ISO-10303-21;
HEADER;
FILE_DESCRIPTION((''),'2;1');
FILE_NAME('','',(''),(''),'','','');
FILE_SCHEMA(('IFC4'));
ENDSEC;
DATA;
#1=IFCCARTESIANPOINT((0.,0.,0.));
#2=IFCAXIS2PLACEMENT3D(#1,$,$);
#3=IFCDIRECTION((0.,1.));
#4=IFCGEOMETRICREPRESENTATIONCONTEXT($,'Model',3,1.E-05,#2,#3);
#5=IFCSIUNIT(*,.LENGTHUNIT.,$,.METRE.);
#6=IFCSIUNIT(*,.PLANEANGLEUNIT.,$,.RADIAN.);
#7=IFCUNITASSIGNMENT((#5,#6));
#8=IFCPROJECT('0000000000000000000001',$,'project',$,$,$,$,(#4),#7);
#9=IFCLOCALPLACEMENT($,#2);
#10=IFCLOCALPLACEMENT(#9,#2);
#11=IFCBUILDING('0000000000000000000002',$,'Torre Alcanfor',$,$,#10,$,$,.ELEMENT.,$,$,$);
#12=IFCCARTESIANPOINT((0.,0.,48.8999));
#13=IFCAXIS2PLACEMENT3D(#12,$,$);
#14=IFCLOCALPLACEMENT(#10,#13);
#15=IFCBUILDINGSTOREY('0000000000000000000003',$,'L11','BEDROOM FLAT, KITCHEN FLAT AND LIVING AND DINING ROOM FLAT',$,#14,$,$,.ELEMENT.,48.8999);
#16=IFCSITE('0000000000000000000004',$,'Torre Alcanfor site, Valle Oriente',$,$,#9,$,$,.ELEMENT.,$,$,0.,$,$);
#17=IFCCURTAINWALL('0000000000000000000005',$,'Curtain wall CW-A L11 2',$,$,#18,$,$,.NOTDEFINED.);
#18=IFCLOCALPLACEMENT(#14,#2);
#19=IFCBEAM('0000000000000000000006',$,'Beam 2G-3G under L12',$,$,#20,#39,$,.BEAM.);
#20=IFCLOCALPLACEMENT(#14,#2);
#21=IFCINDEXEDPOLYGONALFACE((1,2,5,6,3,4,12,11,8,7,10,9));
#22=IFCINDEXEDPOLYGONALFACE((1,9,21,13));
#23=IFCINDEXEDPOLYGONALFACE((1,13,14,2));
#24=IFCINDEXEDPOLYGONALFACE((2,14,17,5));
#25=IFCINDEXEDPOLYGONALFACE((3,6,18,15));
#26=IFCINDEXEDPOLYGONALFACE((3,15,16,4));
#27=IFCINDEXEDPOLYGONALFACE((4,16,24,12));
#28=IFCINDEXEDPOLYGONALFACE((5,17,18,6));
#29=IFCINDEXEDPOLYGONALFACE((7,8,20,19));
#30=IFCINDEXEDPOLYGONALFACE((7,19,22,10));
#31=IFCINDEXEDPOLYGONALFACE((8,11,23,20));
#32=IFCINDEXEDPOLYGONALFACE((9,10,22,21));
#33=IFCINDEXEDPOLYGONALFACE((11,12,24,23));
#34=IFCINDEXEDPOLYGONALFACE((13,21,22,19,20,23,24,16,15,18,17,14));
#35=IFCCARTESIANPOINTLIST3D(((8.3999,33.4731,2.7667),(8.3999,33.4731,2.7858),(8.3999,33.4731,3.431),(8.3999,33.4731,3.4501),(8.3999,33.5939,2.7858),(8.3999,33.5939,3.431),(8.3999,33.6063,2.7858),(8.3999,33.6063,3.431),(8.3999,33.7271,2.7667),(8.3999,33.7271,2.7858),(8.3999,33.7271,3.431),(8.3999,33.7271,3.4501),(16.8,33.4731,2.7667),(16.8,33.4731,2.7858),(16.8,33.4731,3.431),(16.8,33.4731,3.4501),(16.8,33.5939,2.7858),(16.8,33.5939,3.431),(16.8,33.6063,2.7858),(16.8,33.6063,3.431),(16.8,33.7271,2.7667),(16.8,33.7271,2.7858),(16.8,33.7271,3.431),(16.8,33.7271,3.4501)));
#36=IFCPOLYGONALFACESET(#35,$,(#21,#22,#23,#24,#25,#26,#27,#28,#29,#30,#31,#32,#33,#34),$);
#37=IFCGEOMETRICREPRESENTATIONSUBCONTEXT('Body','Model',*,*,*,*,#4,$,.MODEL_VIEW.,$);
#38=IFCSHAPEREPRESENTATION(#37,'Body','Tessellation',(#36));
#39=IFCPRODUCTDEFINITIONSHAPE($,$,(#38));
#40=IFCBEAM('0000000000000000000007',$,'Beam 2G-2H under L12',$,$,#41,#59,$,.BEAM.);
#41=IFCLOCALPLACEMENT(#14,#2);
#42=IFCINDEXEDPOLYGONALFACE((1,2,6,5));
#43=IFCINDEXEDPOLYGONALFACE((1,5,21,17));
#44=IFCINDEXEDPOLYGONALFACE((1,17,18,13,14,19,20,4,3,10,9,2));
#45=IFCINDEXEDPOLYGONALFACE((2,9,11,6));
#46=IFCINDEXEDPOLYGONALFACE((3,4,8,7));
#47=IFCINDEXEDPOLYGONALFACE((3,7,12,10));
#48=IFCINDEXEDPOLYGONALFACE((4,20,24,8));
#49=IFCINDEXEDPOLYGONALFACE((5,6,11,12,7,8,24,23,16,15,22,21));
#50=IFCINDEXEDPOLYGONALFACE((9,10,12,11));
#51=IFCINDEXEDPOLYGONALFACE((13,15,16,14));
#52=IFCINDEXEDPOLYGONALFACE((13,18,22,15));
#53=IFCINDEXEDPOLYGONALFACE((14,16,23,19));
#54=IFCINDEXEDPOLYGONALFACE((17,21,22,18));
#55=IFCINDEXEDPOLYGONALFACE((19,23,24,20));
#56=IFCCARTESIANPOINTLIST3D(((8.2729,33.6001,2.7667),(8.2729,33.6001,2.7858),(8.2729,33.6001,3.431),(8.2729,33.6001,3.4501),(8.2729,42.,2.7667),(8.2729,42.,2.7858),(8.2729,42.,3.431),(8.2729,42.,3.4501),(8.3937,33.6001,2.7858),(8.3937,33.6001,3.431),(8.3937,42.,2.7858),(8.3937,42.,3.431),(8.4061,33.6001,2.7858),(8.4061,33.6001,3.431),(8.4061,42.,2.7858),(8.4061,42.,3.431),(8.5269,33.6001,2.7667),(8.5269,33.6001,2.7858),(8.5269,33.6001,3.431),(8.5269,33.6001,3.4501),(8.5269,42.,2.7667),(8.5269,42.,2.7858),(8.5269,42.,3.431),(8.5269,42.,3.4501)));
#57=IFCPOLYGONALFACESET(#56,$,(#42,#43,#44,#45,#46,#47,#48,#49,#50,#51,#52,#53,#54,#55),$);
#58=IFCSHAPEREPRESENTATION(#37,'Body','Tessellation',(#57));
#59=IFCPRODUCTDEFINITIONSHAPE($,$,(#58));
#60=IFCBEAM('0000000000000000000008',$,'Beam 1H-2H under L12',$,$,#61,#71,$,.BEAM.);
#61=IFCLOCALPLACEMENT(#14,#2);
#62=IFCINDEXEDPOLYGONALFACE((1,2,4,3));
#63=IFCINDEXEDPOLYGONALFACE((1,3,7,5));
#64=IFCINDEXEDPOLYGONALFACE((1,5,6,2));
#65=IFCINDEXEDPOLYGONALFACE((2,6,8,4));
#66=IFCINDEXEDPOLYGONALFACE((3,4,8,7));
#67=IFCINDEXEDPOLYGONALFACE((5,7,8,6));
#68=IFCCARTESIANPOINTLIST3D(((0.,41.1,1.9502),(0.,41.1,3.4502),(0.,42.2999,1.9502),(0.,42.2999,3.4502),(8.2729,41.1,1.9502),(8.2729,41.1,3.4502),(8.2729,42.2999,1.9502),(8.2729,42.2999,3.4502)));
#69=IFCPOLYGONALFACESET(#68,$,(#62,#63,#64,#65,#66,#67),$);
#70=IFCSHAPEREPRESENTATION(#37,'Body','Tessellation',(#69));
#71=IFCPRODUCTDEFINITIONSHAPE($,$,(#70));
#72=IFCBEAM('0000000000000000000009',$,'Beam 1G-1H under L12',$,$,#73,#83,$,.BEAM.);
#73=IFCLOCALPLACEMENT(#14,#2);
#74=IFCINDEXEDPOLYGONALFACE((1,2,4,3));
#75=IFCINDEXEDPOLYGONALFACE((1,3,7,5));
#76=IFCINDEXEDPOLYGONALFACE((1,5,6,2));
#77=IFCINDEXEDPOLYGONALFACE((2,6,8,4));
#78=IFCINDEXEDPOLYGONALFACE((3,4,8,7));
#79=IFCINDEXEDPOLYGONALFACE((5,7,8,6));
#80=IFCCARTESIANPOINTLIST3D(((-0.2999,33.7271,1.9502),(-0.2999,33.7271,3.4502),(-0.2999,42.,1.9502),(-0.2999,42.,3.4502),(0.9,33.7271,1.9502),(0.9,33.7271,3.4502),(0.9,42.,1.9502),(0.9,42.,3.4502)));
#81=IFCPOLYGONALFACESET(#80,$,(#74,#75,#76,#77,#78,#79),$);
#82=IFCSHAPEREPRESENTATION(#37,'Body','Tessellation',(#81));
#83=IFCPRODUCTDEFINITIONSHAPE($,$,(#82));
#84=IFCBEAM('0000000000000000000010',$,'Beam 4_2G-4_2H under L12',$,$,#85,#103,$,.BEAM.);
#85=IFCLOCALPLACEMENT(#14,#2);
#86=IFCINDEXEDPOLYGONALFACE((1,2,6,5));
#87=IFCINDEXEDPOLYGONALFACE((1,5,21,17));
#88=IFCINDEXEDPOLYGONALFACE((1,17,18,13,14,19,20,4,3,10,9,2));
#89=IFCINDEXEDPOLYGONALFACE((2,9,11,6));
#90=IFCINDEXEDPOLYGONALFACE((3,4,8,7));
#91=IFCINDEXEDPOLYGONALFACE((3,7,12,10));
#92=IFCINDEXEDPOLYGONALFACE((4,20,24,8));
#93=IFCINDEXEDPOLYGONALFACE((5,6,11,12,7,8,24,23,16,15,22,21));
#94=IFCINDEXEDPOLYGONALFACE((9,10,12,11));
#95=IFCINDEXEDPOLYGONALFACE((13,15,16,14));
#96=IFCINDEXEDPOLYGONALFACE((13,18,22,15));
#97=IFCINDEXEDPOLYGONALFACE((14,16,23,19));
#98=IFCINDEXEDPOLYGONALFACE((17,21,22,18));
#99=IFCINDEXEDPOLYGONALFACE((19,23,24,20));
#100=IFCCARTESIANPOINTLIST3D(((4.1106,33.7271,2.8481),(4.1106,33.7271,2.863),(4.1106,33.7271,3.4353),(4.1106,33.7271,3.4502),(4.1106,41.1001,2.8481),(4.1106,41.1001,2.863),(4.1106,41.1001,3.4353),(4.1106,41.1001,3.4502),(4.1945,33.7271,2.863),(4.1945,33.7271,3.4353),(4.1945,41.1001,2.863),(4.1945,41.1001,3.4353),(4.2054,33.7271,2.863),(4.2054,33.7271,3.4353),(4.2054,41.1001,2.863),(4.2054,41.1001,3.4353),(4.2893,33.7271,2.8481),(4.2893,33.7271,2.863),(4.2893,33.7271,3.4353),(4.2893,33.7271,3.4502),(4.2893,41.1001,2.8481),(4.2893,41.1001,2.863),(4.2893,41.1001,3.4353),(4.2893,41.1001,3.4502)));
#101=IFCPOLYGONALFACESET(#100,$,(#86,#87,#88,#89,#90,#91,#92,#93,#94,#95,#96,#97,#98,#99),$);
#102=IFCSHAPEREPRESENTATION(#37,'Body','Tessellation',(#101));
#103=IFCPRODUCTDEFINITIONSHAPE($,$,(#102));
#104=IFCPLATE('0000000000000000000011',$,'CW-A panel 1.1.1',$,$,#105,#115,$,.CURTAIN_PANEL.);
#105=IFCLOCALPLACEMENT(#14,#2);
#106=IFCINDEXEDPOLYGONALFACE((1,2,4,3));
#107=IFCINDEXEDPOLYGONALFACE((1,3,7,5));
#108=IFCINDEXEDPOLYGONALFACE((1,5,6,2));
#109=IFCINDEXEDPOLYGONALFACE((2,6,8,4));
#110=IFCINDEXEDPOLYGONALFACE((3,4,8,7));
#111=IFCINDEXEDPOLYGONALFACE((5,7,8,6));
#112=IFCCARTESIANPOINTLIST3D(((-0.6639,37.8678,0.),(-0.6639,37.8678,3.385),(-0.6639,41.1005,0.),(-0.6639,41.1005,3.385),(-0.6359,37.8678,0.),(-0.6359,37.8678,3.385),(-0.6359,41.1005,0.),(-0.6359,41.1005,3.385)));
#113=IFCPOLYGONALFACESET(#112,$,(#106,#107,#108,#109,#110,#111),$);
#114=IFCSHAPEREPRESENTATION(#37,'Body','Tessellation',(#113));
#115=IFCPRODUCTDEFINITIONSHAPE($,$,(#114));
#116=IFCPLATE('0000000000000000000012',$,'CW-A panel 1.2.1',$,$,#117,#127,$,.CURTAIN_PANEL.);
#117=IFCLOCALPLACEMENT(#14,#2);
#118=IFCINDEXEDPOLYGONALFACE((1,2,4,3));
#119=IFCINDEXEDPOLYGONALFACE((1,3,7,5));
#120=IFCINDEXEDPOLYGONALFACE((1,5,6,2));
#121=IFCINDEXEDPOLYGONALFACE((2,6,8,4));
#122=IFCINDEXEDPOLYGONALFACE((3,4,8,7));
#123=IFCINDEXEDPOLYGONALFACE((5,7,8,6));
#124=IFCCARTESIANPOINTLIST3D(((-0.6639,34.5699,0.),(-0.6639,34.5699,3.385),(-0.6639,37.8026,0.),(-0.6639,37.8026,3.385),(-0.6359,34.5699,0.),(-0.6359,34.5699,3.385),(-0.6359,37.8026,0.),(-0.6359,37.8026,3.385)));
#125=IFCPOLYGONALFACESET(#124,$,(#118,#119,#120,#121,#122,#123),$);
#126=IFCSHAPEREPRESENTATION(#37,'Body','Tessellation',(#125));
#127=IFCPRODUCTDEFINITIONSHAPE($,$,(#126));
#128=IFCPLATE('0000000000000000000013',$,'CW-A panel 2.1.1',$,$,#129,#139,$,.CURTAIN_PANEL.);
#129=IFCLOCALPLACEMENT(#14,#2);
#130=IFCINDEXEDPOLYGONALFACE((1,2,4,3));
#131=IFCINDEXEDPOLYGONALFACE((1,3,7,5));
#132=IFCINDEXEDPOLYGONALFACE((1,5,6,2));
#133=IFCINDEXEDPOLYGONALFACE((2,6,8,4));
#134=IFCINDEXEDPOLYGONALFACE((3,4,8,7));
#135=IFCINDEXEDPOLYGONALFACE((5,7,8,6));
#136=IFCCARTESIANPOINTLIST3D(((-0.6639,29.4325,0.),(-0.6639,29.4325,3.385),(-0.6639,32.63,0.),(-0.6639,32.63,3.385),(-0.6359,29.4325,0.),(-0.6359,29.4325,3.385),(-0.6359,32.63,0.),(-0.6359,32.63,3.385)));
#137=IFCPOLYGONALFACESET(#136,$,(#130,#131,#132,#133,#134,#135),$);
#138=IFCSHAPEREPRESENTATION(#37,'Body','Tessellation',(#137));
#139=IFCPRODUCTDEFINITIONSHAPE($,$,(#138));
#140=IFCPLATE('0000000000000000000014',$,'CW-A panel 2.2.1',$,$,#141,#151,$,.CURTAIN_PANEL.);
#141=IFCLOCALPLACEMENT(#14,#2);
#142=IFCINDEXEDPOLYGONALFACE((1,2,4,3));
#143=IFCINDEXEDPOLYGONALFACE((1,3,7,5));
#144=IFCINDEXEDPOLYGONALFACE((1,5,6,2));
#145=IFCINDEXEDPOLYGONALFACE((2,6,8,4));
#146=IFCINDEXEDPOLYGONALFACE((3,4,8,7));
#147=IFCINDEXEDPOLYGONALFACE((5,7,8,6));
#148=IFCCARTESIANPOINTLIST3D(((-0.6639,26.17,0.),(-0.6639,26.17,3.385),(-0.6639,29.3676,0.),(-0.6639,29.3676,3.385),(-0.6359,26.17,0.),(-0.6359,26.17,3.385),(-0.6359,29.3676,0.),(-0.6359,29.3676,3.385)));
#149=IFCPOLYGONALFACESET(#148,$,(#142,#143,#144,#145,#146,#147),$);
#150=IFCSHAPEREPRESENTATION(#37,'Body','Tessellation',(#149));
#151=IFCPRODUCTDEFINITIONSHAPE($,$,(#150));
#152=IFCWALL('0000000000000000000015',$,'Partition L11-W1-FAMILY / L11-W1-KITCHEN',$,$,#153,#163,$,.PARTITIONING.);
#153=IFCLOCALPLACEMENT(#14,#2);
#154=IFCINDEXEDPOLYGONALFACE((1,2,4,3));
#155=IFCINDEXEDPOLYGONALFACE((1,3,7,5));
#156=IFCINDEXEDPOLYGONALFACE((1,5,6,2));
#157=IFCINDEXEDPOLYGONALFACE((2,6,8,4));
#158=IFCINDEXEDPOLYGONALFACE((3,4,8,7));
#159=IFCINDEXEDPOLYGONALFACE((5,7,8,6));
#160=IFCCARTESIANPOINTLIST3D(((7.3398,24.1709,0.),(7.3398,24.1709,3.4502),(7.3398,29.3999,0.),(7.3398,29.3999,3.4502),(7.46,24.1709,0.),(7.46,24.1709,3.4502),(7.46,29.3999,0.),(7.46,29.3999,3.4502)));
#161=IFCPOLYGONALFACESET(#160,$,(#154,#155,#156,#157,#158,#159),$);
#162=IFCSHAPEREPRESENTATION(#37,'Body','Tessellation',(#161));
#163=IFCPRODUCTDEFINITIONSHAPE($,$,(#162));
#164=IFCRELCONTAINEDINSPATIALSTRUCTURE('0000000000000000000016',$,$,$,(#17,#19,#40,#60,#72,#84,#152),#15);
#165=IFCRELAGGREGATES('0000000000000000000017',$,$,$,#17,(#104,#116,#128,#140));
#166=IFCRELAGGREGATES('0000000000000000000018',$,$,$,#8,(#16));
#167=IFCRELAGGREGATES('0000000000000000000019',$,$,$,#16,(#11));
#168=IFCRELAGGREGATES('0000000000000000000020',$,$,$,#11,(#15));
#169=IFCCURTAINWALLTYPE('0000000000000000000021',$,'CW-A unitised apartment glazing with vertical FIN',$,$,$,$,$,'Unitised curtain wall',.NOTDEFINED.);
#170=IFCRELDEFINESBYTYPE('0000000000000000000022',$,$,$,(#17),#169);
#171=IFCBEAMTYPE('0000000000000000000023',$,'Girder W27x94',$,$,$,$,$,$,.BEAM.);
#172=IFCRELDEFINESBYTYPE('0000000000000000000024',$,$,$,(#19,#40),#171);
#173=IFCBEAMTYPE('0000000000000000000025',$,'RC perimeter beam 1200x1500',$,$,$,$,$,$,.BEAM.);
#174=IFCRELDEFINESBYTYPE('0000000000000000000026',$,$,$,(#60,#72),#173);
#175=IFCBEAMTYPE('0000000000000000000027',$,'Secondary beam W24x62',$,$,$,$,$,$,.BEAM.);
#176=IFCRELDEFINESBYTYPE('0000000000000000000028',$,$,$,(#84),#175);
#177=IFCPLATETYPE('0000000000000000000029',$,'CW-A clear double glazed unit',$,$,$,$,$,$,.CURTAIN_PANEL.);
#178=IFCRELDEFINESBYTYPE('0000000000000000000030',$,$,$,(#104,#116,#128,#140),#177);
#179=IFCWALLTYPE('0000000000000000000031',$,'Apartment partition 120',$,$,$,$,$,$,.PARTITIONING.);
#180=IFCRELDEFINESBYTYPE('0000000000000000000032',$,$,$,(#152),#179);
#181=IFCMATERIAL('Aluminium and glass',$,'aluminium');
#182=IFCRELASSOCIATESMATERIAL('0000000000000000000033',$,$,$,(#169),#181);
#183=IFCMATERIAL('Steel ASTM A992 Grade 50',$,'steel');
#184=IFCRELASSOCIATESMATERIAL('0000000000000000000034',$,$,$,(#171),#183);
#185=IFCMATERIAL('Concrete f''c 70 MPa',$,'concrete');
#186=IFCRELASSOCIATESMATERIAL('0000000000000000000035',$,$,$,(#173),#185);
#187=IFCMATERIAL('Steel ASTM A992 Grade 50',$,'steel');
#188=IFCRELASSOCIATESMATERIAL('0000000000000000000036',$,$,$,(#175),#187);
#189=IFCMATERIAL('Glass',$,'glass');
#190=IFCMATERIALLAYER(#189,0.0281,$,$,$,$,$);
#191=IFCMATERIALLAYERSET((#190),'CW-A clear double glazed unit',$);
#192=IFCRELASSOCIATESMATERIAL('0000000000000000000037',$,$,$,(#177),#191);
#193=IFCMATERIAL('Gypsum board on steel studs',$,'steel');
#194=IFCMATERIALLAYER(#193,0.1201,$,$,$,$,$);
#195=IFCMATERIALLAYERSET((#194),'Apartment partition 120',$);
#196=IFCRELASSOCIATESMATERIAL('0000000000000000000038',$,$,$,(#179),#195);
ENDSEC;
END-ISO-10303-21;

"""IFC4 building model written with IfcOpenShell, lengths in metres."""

from ifc_helpers import new_model, si_unit, direction, frame, frame_2d, origin, origin_2d, place, context, subcontext, project, spatial, rectangle, i_section, extrude, material, layer, layer_set, material_profile, profile_set, type_object, element, aggregate, save


model = new_model("IFC4")

# Units and contexts
model_context = context("Model", 3, precision=1e-05, world=origin(), true_north=direction((0.0, 1.0)))
body_context = subcontext(model_context, "Body", "Model", "MODEL_VIEW")
ifc_project = project(units=[si_unit("LENGTHUNIT", "METRE"), si_unit("PLANEANGLEUNIT", "RADIAN")], contexts=[model_context])

# Site, building, storey
site_placement = place(None, origin())
site = spatial("IfcSite", under=ifc_project, at=site_placement, Name="Torre Alcanfor site, Valle Oriente", CompositionType="ELEMENT", RefElevation=0.0)
building_placement = place(site_placement, origin())
building = spatial("IfcBuilding", under=site, at=building_placement, Name="Torre Alcanfor", CompositionType="ELEMENT")
storey_placement = place(building_placement, frame((0.0, 0.0, 48.8999)))
storey = spatial("IfcBuildingStorey", under=building, at=storey_placement, Name="L11", Description="BEDROOM FLAT, KITCHEN FLAT AND LIVING AND DINING ROOM FLAT", CompositionType="ELEMENT", Elevation=48.8999)

# Curtain wall
ifc_material_1 = material(Name="Aluminium and glass", Category="aluminium")
curtain_wall_type = type_object("IfcCurtainWallType", Name="CW-A unitised apartment glazing with vertical FIN", ElementType="Unitised curtain wall", PredefinedType="NOTDEFINED", material=ifc_material_1)
curtain_wall_placement = place(storey_placement, origin())
curtain_wall = element("IfcCurtainWall", 1, at=curtain_wall_placement, inside=storey, type_object=curtain_wall_type, Name="Curtain wall CW-A L11 2", PredefinedType="NOTDEFINED")

# Beams
ifc_material_2 = material(Name="Steel ASTM A992 Grade 50", Category="steel")
ifc_material_profile_1 = material_profile(ifc_material_2, i_section(OverallWidth=0.2539, OverallDepth=0.6833, WebThickness=0.0125, FlangeThickness=0.019, at=origin_2d()), Name="W27x94")
ifc_profile_set_1 = profile_set([ifc_material_profile_1], Name="Steel ASTM A992 Grade 50")
beam_type_1 = type_object("IfcBeamType", Name="Girder W27x94", PredefinedType="BEAM", material=ifc_profile_set_1)
beam_1_placement = place(storey_placement, frame((8.3999, 33.6001, 3.1084), z_axis=(1.0, 0.0, 0.0), x_axis=(0.0, 1.0, 0.0)))
element("IfcBeam", 2, at=beam_1_placement, inside=storey, type_object=beam_type_1, Name="Beam 2G-3G under L12", PredefinedType="BEAM", context=body_context, shape_type="SweptSolid", body=[
    extrude(i_section(OverallWidth=0.2539, OverallDepth=0.6833, WebThickness=0.0125, FlangeThickness=0.019, at=origin_2d()), origin(), (0.0, 0.0, 1.0), 8.4001),
])
beam_2_placement = place(storey_placement, frame((8.3999, 33.6001, 3.1084), z_axis=(0.0, 1.0, 0.0), x_axis=(-1.0, 0.0, 0.0)))
element("IfcBeam", 3, at=beam_2_placement, inside=storey, type_object=beam_type_1, Name="Beam 2G-2H under L12", PredefinedType="BEAM", context=body_context, shape_type="SweptSolid", body=[
    extrude(i_section(OverallWidth=0.2539, OverallDepth=0.6833, WebThickness=0.0125, FlangeThickness=0.019, at=origin_2d()), origin(), (0.0, 0.0, 1.0), 8.3999),
])
ifc_material_3 = material(Name="Concrete f'c 70 MPa", Category="concrete")
ifc_material_profile_2 = material_profile(ifc_material_3, rectangle(XDim=1.2, YDim=1.5, at=origin_2d()), Name="1200x1500")
ifc_profile_set_2 = profile_set([ifc_material_profile_2], Name="Concrete f'c 70 MPa")
beam_type_2 = type_object("IfcBeamType", Name="RC perimeter beam 1200x1500", PredefinedType="BEAM", material=ifc_profile_set_2)
for number, where, z_axis, x_axis, name in (
    (4, (0.0, 41.7, 2.7002), (1.0, 0.0, 0.0), (0.0, 1.0, 0.0), "Beam 1H-2H under L12"),
    (5, (0.3, 33.7271, 2.7002), (0.0, 1.0, 0.0), (-1.0, 0.0, 0.0), "Beam 1G-1H under L12"),
):
    element("IfcBeam", number, at=place(storey_placement, frame(where, z_axis=z_axis, x_axis=x_axis)), inside=storey, type_object=beam_type_2, Name=name, PredefinedType="BEAM", context=body_context, shape_type="SweptSolid", body=[
        extrude(rectangle(XDim=1.2, YDim=1.5, at=origin_2d()), origin(), (0.0, 0.0, 1.0), 8.2729),
    ])
ifc_material_4 = material(Name="Steel ASTM A992 Grade 50", Category="steel")
ifc_material_profile_3 = material_profile(ifc_material_4, i_section(OverallWidth=0.1787, OverallDepth=0.6021, WebThickness=0.011, FlangeThickness=0.0149, at=origin_2d()), Name="W24x62")
ifc_profile_set_3 = profile_set([ifc_material_profile_3], Name="Steel ASTM A992 Grade 50")
beam_type_3 = type_object("IfcBeamType", Name="Secondary beam W24x62", PredefinedType="BEAM", material=ifc_profile_set_3)
beam_3_placement = place(storey_placement, frame((4.2, 33.7271, 3.1492), z_axis=(0.0, 1.0, 0.0), x_axis=(-1.0, 0.0, 0.0)))
element("IfcBeam", 6, at=beam_3_placement, inside=storey, type_object=beam_type_3, Name="Beam 4_2G-4_2H under L12", PredefinedType="BEAM", context=body_context, shape_type="SweptSolid", body=[
    extrude(i_section(OverallWidth=0.1787, OverallDepth=0.6021, WebThickness=0.011, FlangeThickness=0.0149, at=origin_2d()), origin(), (0.0, 0.0, 1.0), 7.373),
])

# Plates
ifc_material_5 = material(Name="Glass", Category="glass")
ifc_layer_1 = layer(ifc_material_5, 0.0281)
ifc_layer_set_1 = layer_set([ifc_layer_1], Name="CW-A clear double glazed unit")
plate_type = type_object("IfcPlateType", Name="CW-A clear double glazed unit", PredefinedType="CURTAIN_PANEL", material=ifc_layer_set_1)
plate_1_placement = place(storey_placement, frame((-0.6499, 39.4841, 0.0), z_axis=(0.0, 0.0, 1.0), x_axis=(0.0, -1.0, 0.0)))
plate_1 = element("IfcPlate", 7, at=plate_1_placement, type_object=plate_type, Name="CW-A panel 1.1.1", PredefinedType="CURTAIN_PANEL", context=body_context, shape_type="SweptSolid", body=[
    extrude(rectangle(XDim=3.2327, YDim=0.0281, at=origin_2d()), origin(), (0.0, 0.0, 1.0), 3.385),
])
plate_2_placement = place(storey_placement, frame((-0.6499, 36.1863, 0.0), z_axis=(0.0, 0.0, 1.0), x_axis=(0.0, -1.0, 0.0)))
plate_2 = element("IfcPlate", 8, at=plate_2_placement, type_object=plate_type, Name="CW-A panel 1.2.1", PredefinedType="CURTAIN_PANEL", context=body_context, shape_type="SweptSolid", body=[
    extrude(rectangle(XDim=3.2327, YDim=0.0281, at=origin_2d()), origin(), (0.0, 0.0, 1.0), 3.385),
])
plate_3_placement = place(storey_placement, frame((-0.6499, 31.0312, 0.0), z_axis=(0.0, 0.0, 1.0), x_axis=(0.0, -1.0, 0.0)))
plate_3 = element("IfcPlate", 9, at=plate_3_placement, type_object=plate_type, Name="CW-A panel 2.1.1", PredefinedType="CURTAIN_PANEL", context=body_context, shape_type="SweptSolid", body=[
    extrude(rectangle(XDim=3.1975, YDim=0.0281, at=origin_2d()), origin(), (0.0, 0.0, 1.0), 3.385),
])
plate_4_placement = place(storey_placement, frame((-0.6499, 27.7688, 0.0), z_axis=(0.0, 0.0, 1.0), x_axis=(0.0, -1.0, 0.0)))
plate_4 = element("IfcPlate", 10, at=plate_4_placement, type_object=plate_type, Name="CW-A panel 2.2.1", PredefinedType="CURTAIN_PANEL", context=body_context, shape_type="SweptSolid", body=[
    extrude(rectangle(XDim=3.1975, YDim=0.0281, at=origin_2d()), origin(), (0.0, 0.0, 1.0), 3.385),
])
aggregate(curtain_wall, [plate_1, plate_2, plate_3, plate_4])

# Wall
ifc_material_6 = material(Name="Gypsum board on steel studs", Category="steel")
ifc_layer_2 = layer(ifc_material_6, 0.1201)
ifc_layer_set_2 = layer_set([ifc_layer_2], Name="Apartment partition 120")
wall_type_1 = type_object("IfcWallType", Name="Apartment partition 120", PredefinedType="PARTITIONING", material=ifc_layer_set_2)
wall_1_placement = place(storey_placement, frame((7.3999, 29.3999, 0.0), z_axis=(0.0, 0.0, 1.0), x_axis=(0.0, -1.0, 0.0)))
element("IfcWall", 11, at=wall_1_placement, inside=storey, type_object=wall_type_1, Name="Partition L11-W1-FAMILY / L11-W1-KITCHEN", PredefinedType="PARTITIONING", context=body_context, shape_type="SweptSolid", body=[
    extrude(rectangle(XDim=5.229, YDim=0.1201, at=frame_2d((2.6145, 0.0))), origin(), (0.0, 0.0, 1.0), 3.4502),
])

save(model, "model.ifc")
